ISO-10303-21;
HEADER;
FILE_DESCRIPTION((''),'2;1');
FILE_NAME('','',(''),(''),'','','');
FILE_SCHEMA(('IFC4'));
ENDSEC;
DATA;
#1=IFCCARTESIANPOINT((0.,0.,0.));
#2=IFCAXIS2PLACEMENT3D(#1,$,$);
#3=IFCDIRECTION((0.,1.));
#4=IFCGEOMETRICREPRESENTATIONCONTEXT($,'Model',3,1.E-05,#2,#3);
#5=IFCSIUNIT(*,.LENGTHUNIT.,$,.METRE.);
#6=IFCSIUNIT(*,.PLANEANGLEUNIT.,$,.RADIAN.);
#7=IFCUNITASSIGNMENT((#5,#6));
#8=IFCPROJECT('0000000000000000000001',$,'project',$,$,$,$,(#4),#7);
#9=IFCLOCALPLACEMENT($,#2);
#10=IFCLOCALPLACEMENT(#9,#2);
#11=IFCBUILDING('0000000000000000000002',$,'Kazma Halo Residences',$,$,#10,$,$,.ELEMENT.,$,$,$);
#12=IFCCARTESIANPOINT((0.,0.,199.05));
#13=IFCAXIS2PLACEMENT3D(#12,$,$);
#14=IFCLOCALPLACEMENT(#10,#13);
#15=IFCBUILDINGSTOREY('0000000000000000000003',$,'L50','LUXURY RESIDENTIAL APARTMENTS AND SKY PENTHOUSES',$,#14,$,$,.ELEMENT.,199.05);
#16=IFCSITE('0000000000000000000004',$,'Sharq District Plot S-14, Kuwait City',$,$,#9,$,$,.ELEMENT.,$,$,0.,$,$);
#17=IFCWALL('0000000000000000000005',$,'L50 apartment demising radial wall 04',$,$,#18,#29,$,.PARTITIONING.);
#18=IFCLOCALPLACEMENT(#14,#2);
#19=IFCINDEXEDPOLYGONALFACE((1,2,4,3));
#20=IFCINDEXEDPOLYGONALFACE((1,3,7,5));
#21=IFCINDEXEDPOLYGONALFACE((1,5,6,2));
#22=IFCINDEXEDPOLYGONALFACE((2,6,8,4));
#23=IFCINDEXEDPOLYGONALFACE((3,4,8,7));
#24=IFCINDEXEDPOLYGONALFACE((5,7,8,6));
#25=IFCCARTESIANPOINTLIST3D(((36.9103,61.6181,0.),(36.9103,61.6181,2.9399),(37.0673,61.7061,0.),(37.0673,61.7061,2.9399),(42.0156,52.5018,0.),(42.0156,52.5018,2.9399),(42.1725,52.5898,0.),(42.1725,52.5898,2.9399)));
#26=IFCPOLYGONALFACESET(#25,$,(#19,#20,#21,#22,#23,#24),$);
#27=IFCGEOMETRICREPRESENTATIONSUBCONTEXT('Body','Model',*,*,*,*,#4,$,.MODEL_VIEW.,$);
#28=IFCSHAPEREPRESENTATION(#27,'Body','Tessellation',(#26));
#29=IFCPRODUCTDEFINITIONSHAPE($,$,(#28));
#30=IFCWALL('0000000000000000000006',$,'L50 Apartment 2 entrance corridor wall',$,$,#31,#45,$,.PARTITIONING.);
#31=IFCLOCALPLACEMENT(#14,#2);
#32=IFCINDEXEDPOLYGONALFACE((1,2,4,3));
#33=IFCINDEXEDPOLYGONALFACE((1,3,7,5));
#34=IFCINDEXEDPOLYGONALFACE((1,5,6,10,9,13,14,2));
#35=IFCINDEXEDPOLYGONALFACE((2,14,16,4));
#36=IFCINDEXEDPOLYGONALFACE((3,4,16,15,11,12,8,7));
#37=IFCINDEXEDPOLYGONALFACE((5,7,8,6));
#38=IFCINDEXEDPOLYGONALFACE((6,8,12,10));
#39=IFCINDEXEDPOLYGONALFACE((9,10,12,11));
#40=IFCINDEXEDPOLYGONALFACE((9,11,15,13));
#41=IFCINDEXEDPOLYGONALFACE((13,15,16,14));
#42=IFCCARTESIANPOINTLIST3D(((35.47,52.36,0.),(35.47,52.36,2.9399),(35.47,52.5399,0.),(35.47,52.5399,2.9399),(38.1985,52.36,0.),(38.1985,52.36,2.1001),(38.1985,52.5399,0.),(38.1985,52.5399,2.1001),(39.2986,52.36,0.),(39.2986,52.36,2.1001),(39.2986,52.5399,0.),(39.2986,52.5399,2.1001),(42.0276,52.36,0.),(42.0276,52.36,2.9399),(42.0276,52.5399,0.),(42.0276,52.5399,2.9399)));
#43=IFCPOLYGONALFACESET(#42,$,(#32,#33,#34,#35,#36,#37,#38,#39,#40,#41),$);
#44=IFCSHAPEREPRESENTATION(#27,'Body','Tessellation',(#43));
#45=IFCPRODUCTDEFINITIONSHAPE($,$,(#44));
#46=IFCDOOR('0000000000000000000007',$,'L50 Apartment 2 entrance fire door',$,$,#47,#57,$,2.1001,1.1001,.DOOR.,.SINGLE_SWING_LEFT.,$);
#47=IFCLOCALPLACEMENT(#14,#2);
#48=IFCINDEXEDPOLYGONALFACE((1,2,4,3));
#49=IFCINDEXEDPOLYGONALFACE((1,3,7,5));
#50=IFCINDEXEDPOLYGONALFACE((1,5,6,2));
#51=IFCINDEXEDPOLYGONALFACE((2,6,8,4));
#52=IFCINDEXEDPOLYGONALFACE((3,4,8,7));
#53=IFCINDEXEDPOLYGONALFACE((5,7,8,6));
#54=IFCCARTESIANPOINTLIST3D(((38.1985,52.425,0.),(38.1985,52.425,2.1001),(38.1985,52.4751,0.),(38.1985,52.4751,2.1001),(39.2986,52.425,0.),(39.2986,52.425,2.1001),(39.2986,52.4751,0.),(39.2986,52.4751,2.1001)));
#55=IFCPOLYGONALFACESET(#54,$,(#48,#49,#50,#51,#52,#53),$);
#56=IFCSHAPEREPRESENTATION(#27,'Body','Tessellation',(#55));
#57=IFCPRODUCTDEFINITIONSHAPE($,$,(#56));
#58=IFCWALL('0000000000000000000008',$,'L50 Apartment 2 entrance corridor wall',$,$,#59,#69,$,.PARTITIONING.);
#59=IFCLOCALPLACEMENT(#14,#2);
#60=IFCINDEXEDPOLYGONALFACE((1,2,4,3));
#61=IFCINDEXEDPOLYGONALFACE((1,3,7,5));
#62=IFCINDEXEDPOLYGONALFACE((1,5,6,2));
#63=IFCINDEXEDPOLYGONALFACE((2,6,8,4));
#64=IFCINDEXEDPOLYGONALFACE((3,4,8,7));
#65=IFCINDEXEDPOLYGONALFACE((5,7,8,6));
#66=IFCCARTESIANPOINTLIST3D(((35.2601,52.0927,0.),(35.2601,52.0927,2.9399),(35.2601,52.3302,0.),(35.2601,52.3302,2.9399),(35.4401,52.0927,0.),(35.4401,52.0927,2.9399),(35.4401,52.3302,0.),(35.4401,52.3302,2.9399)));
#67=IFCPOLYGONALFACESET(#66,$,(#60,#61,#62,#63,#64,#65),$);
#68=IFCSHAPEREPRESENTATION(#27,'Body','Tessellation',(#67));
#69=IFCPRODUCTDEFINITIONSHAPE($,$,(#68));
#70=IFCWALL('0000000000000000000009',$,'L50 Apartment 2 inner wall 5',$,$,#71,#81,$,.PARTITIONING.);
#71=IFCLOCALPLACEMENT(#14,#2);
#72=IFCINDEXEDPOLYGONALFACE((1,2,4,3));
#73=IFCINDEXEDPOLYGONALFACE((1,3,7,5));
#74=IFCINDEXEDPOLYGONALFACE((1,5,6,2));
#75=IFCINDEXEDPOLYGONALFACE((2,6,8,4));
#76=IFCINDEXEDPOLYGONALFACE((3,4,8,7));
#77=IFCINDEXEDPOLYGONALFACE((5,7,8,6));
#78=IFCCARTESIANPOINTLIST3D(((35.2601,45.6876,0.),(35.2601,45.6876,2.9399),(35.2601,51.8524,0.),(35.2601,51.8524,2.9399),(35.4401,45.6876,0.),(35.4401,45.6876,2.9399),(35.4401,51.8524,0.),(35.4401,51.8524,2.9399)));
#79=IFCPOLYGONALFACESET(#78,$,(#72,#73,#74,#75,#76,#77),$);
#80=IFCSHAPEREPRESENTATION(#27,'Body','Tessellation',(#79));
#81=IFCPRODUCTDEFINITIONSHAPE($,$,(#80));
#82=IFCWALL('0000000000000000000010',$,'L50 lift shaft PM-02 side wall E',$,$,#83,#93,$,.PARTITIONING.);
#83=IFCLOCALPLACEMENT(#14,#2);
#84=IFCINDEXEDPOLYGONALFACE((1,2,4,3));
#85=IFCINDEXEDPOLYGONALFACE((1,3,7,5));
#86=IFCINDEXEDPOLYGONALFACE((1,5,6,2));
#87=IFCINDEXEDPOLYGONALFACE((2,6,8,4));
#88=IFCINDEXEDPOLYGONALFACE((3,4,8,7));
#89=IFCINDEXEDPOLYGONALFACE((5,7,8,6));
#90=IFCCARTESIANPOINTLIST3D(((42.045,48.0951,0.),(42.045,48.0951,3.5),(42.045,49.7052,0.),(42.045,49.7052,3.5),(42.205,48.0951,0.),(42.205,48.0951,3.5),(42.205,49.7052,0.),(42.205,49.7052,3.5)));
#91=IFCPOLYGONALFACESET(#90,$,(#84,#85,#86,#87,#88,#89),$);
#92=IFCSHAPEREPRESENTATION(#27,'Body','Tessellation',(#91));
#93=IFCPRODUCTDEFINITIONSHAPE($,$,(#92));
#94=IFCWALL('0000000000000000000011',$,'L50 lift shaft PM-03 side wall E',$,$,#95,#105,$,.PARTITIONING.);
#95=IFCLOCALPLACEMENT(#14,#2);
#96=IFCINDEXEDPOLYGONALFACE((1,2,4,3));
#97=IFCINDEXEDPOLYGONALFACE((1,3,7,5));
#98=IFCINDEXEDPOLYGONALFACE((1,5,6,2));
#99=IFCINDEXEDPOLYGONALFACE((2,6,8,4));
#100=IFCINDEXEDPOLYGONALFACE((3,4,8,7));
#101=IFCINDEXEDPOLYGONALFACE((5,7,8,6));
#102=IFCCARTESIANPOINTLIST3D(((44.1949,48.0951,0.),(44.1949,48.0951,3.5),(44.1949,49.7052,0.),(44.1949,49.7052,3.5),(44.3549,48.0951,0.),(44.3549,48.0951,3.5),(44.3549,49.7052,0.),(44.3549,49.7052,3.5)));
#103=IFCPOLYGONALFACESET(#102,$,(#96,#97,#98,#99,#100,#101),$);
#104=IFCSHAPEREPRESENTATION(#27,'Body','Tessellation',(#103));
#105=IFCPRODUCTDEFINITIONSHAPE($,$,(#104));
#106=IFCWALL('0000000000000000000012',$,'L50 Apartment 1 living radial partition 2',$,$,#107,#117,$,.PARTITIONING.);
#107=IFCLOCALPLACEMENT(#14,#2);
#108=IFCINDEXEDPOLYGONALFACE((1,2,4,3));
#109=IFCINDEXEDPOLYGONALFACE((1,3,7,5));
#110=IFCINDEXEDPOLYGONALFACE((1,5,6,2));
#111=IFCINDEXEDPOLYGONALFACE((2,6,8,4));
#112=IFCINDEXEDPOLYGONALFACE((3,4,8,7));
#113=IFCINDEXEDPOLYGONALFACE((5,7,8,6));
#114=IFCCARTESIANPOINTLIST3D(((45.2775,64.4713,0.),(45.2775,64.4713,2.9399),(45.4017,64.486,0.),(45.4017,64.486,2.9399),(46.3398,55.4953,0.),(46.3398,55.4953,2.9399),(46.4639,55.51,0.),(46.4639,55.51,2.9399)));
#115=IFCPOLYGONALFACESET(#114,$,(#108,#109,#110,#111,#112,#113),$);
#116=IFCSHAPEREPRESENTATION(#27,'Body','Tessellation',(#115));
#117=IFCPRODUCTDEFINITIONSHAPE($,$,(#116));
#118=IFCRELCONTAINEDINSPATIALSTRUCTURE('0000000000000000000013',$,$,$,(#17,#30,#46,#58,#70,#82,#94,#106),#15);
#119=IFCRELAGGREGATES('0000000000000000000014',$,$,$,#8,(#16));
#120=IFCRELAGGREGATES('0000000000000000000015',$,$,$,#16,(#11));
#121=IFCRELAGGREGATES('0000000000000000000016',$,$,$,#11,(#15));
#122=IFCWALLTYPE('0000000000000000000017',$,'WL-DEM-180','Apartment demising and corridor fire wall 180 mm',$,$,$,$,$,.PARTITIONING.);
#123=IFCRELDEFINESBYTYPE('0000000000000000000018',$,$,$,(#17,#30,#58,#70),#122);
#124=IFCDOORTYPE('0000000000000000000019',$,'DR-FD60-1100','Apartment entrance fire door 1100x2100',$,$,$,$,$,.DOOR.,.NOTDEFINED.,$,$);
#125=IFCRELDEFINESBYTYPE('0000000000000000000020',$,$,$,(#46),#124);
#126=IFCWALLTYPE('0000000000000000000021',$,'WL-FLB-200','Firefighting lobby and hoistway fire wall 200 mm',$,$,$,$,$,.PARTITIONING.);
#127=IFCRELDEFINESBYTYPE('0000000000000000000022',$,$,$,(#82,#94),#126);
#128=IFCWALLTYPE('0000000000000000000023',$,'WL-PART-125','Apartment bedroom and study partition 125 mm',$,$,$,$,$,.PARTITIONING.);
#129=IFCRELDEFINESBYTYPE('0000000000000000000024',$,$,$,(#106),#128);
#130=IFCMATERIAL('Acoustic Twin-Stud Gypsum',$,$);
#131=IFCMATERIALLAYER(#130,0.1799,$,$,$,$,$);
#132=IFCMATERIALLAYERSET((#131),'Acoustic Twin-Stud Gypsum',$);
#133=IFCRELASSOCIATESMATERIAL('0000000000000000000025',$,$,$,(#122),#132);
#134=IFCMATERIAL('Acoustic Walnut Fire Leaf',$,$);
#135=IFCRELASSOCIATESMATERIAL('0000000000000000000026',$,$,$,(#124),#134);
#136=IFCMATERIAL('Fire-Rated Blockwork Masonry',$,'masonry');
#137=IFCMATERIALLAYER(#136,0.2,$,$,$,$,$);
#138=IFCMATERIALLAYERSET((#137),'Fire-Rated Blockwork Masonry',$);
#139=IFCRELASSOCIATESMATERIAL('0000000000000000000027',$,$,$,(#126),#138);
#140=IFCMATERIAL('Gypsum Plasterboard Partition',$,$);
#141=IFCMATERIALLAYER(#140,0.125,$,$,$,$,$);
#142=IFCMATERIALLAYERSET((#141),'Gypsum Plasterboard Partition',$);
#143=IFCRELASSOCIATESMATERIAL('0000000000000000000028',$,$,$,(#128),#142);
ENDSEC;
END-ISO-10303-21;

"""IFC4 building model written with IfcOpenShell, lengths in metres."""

from ifc_helpers import new_model, si_unit, direction, frame, frame_2d, origin, place, context, subcontext, project, spatial, rectangle, extrude, material, layer, layer_set, type_object, element, fill, save


model = new_model("IFC4")

# Units and contexts
model_context = context("Model", 3, precision=1e-05, world=origin(), true_north=direction((0.0, 1.0)))
body_context = subcontext(model_context, "Body", "Model", "MODEL_VIEW")
ifc_project = project(units=[si_unit("LENGTHUNIT", "METRE"), si_unit("PLANEANGLEUNIT", "RADIAN")], contexts=[model_context])

# Site, building, storey
site_placement = place(None, origin())
site = spatial("IfcSite", under=ifc_project, at=site_placement, Name="Sharq District Plot S-14, Kuwait City", CompositionType="ELEMENT", RefElevation=0.0)
building_placement = place(site_placement, origin())
building = spatial("IfcBuilding", under=site, at=building_placement, Name="Kazma Halo Residences", CompositionType="ELEMENT")
storey_placement = place(building_placement, frame((0.0, 0.0, 199.05)))
storey = spatial("IfcBuildingStorey", under=building, at=storey_placement, Name="L50", Description="LUXURY RESIDENTIAL APARTMENTS AND SKY PENTHOUSES", CompositionType="ELEMENT", Elevation=199.05)

# Wall
ifc_material_1 = material(Name="Acoustic Twin-Stud Gypsum")
ifc_layer_1 = layer(ifc_material_1, 0.1799)
ifc_layer_set_1 = layer_set([ifc_layer_1], Name="Acoustic Twin-Stud Gypsum")
wall_type_1 = type_object("IfcWallType", Name="WL-DEM-180", Description="Apartment demising and corridor fire wall 180 mm", PredefinedType="PARTITIONING", material=ifc_layer_set_1)
wall_1_placement = place(storey_placement, frame((42.094, 52.5459, 0.0), z_axis=(0.0, 0.0, 1.0), x_axis=(-0.488614, 0.8725, 0.0)))
element("IfcWall", 1, at=wall_1_placement, inside=storey, type_object=wall_type_1, Name="L50 apartment demising radial wall 04", PredefinedType="PARTITIONING", context=body_context, shape_type="SweptSolid", body=[
    extrude(rectangle(XDim=10.4485, YDim=0.1799, at=frame_2d((5.2241, 0.0))), origin(), (0.0, 0.0, 1.0), 2.9399),
])

# Wall, opening, door
wall_2_placement = place(storey_placement, frame((42.0276, 52.45, 0.0), z_axis=(0.0, 0.0, 1.0), x_axis=(-1.0, 0.0, 0.0)))
wall_2 = element("IfcWall", 2, at=wall_2_placement, inside=storey, type_object=wall_type_1, Name="L50 Apartment 2 entrance corridor wall", PredefinedType="PARTITIONING", context=body_context, shape_type="SweptSolid", body=[
    extrude(rectangle(XDim=6.5576, YDim=0.1799, at=frame_2d((3.2788, 0.0))), origin(), (0.0, 0.0, 1.0), 2.9399),
])
opening_1_placement = place(wall_2_placement, frame((2.729, 0.0, 0.0)))
opening_1 = element("IfcOpeningElement", 3, at=opening_1_placement, cuts=wall_2, PredefinedType="OPENING", context=body_context, shape_type="SweptSolid", body=[
    extrude(rectangle(XDim=1.1001, YDim=2.1001, at=frame_2d((0.55, 1.05))), frame((0.0, 0.0999, 0.0), z_axis=(0.0, -1.0, 0.0), x_axis=(1.0, 0.0, 0.0)), (0.0, 0.0, 1.0), 0.2),
])
ifc_material_2 = material(Name="Acoustic Walnut Fire Leaf")
door_type_1 = type_object("IfcDoorType", Name="DR-FD60-1100", Description="Apartment entrance fire door 1100x2100", OperationType="NOTDEFINED", PredefinedType="DOOR", material=ifc_material_2)
door_1_placement = place(opening_1_placement, origin())
door_1 = element("IfcDoor", 4, at=door_1_placement, inside=storey, type_object=door_type_1, Name="L50 Apartment 2 entrance fire door", OperationType="SINGLE_SWING_LEFT", OverallHeight=2.1001, OverallWidth=1.1001, PredefinedType="DOOR", context=body_context, shape_type="SweptSolid", body=[
    extrude(rectangle(XDim=1.1001, YDim=2.1001, at=frame_2d((0.55, 1.05))), frame((0.0, 0.0249, 0.0), z_axis=(0.0, -1.0, 0.0), x_axis=(1.0, 0.0, 0.0)), (0.0, 0.0, 1.0), 0.05),
])
fill(opening_1, door_1)

# Walls
wall_3_placement = place(storey_placement, frame((35.3501, 52.3301, 0.0), z_axis=(0.0, 0.0, 1.0), x_axis=(0.0, -1.0, 0.0)))
element("IfcWall", 5, at=wall_3_placement, inside=storey, type_object=wall_type_1, Name="L50 Apartment 2 entrance corridor wall", PredefinedType="PARTITIONING", context=body_context, shape_type="SweptSolid", body=[
    extrude(rectangle(XDim=0.2375, YDim=0.1799, at=frame_2d((0.1187, 0.0))), origin(), (0.0, 0.0, 1.0), 2.9399),
])
wall_4_placement = place(storey_placement, frame((35.3501, 51.8525, 0.0), z_axis=(0.0, 0.0, 1.0), x_axis=(0.0, -1.0, 0.0)))
element("IfcWall", 6, at=wall_4_placement, inside=storey, type_object=wall_type_1, Name="L50 Apartment 2 inner wall 5", PredefinedType="PARTITIONING", context=body_context, shape_type="SweptSolid", body=[
    extrude(rectangle(XDim=6.1648, YDim=0.1799, at=frame_2d((3.0825, 0.0))), origin(), (0.0, 0.0, 1.0), 2.9399),
])

# Walls
ifc_material_3 = material(Name="Fire-Rated Blockwork Masonry", Category="masonry")
ifc_layer_2 = layer(ifc_material_3, 0.2)
ifc_layer_set_2 = layer_set([ifc_layer_2], Name="Fire-Rated Blockwork Masonry")
wall_type_2 = type_object("IfcWallType", Name="WL-FLB-200", Description="Firefighting lobby and hoistway fire wall 200 mm", PredefinedType="PARTITIONING", material=ifc_layer_set_2)
for number, where, z_axis, x_axis, name in (
    (7, (42.125, 48.095, 0.0), (0.0, 0.0, 1.0), (0.0, 1.0, 0.0), "L50 lift shaft PM-02 side wall E"),
    (8, (44.2749, 48.095, 0.0), (0.0, 0.0, 1.0), (0.0, 1.0, 0.0), "L50 lift shaft PM-03 side wall E"),
):
    element("IfcWall", number, at=place(storey_placement, frame(where, z_axis=z_axis, x_axis=x_axis)), inside=storey, type_object=wall_type_2, Name=name, PredefinedType="PARTITIONING", context=body_context, shape_type="SweptSolid", body=[
        extrude(rectangle(XDim=1.6101, YDim=0.1599, at=frame_2d((0.8052, 0.0))), origin(), (0.0, 0.0, 1.0), 3.5),
    ])
ifc_material_4 = material(Name="Gypsum Plasterboard Partition")
ifc_layer_3 = layer(ifc_material_4, 0.125)
ifc_layer_set_3 = layer_set([ifc_layer_3], Name="Gypsum Plasterboard Partition")
wall_type_3 = type_object("IfcWallType", Name="WL-PART-125", Description="Apartment bedroom and study partition 125 mm", PredefinedType="PARTITIONING", material=ifc_layer_set_3)
wall_5_placement = place(storey_placement, frame((46.4019, 55.5027, 0.0), z_axis=(0.0, 0.0, 1.0), x_axis=(-0.117526, 0.99307, 0.0)))
element("IfcWall", 9, at=wall_5_placement, inside=storey, type_object=wall_type_3, Name="L50 Apartment 1 living radial partition 2", PredefinedType="PARTITIONING", context=body_context, shape_type="SweptSolid", body=[
    extrude(rectangle(XDim=9.0386, YDim=0.125, at=frame_2d((4.5193, 0.0))), origin(), (0.0, 0.0, 1.0), 2.9399),
])

save(model, "model.ifc")
